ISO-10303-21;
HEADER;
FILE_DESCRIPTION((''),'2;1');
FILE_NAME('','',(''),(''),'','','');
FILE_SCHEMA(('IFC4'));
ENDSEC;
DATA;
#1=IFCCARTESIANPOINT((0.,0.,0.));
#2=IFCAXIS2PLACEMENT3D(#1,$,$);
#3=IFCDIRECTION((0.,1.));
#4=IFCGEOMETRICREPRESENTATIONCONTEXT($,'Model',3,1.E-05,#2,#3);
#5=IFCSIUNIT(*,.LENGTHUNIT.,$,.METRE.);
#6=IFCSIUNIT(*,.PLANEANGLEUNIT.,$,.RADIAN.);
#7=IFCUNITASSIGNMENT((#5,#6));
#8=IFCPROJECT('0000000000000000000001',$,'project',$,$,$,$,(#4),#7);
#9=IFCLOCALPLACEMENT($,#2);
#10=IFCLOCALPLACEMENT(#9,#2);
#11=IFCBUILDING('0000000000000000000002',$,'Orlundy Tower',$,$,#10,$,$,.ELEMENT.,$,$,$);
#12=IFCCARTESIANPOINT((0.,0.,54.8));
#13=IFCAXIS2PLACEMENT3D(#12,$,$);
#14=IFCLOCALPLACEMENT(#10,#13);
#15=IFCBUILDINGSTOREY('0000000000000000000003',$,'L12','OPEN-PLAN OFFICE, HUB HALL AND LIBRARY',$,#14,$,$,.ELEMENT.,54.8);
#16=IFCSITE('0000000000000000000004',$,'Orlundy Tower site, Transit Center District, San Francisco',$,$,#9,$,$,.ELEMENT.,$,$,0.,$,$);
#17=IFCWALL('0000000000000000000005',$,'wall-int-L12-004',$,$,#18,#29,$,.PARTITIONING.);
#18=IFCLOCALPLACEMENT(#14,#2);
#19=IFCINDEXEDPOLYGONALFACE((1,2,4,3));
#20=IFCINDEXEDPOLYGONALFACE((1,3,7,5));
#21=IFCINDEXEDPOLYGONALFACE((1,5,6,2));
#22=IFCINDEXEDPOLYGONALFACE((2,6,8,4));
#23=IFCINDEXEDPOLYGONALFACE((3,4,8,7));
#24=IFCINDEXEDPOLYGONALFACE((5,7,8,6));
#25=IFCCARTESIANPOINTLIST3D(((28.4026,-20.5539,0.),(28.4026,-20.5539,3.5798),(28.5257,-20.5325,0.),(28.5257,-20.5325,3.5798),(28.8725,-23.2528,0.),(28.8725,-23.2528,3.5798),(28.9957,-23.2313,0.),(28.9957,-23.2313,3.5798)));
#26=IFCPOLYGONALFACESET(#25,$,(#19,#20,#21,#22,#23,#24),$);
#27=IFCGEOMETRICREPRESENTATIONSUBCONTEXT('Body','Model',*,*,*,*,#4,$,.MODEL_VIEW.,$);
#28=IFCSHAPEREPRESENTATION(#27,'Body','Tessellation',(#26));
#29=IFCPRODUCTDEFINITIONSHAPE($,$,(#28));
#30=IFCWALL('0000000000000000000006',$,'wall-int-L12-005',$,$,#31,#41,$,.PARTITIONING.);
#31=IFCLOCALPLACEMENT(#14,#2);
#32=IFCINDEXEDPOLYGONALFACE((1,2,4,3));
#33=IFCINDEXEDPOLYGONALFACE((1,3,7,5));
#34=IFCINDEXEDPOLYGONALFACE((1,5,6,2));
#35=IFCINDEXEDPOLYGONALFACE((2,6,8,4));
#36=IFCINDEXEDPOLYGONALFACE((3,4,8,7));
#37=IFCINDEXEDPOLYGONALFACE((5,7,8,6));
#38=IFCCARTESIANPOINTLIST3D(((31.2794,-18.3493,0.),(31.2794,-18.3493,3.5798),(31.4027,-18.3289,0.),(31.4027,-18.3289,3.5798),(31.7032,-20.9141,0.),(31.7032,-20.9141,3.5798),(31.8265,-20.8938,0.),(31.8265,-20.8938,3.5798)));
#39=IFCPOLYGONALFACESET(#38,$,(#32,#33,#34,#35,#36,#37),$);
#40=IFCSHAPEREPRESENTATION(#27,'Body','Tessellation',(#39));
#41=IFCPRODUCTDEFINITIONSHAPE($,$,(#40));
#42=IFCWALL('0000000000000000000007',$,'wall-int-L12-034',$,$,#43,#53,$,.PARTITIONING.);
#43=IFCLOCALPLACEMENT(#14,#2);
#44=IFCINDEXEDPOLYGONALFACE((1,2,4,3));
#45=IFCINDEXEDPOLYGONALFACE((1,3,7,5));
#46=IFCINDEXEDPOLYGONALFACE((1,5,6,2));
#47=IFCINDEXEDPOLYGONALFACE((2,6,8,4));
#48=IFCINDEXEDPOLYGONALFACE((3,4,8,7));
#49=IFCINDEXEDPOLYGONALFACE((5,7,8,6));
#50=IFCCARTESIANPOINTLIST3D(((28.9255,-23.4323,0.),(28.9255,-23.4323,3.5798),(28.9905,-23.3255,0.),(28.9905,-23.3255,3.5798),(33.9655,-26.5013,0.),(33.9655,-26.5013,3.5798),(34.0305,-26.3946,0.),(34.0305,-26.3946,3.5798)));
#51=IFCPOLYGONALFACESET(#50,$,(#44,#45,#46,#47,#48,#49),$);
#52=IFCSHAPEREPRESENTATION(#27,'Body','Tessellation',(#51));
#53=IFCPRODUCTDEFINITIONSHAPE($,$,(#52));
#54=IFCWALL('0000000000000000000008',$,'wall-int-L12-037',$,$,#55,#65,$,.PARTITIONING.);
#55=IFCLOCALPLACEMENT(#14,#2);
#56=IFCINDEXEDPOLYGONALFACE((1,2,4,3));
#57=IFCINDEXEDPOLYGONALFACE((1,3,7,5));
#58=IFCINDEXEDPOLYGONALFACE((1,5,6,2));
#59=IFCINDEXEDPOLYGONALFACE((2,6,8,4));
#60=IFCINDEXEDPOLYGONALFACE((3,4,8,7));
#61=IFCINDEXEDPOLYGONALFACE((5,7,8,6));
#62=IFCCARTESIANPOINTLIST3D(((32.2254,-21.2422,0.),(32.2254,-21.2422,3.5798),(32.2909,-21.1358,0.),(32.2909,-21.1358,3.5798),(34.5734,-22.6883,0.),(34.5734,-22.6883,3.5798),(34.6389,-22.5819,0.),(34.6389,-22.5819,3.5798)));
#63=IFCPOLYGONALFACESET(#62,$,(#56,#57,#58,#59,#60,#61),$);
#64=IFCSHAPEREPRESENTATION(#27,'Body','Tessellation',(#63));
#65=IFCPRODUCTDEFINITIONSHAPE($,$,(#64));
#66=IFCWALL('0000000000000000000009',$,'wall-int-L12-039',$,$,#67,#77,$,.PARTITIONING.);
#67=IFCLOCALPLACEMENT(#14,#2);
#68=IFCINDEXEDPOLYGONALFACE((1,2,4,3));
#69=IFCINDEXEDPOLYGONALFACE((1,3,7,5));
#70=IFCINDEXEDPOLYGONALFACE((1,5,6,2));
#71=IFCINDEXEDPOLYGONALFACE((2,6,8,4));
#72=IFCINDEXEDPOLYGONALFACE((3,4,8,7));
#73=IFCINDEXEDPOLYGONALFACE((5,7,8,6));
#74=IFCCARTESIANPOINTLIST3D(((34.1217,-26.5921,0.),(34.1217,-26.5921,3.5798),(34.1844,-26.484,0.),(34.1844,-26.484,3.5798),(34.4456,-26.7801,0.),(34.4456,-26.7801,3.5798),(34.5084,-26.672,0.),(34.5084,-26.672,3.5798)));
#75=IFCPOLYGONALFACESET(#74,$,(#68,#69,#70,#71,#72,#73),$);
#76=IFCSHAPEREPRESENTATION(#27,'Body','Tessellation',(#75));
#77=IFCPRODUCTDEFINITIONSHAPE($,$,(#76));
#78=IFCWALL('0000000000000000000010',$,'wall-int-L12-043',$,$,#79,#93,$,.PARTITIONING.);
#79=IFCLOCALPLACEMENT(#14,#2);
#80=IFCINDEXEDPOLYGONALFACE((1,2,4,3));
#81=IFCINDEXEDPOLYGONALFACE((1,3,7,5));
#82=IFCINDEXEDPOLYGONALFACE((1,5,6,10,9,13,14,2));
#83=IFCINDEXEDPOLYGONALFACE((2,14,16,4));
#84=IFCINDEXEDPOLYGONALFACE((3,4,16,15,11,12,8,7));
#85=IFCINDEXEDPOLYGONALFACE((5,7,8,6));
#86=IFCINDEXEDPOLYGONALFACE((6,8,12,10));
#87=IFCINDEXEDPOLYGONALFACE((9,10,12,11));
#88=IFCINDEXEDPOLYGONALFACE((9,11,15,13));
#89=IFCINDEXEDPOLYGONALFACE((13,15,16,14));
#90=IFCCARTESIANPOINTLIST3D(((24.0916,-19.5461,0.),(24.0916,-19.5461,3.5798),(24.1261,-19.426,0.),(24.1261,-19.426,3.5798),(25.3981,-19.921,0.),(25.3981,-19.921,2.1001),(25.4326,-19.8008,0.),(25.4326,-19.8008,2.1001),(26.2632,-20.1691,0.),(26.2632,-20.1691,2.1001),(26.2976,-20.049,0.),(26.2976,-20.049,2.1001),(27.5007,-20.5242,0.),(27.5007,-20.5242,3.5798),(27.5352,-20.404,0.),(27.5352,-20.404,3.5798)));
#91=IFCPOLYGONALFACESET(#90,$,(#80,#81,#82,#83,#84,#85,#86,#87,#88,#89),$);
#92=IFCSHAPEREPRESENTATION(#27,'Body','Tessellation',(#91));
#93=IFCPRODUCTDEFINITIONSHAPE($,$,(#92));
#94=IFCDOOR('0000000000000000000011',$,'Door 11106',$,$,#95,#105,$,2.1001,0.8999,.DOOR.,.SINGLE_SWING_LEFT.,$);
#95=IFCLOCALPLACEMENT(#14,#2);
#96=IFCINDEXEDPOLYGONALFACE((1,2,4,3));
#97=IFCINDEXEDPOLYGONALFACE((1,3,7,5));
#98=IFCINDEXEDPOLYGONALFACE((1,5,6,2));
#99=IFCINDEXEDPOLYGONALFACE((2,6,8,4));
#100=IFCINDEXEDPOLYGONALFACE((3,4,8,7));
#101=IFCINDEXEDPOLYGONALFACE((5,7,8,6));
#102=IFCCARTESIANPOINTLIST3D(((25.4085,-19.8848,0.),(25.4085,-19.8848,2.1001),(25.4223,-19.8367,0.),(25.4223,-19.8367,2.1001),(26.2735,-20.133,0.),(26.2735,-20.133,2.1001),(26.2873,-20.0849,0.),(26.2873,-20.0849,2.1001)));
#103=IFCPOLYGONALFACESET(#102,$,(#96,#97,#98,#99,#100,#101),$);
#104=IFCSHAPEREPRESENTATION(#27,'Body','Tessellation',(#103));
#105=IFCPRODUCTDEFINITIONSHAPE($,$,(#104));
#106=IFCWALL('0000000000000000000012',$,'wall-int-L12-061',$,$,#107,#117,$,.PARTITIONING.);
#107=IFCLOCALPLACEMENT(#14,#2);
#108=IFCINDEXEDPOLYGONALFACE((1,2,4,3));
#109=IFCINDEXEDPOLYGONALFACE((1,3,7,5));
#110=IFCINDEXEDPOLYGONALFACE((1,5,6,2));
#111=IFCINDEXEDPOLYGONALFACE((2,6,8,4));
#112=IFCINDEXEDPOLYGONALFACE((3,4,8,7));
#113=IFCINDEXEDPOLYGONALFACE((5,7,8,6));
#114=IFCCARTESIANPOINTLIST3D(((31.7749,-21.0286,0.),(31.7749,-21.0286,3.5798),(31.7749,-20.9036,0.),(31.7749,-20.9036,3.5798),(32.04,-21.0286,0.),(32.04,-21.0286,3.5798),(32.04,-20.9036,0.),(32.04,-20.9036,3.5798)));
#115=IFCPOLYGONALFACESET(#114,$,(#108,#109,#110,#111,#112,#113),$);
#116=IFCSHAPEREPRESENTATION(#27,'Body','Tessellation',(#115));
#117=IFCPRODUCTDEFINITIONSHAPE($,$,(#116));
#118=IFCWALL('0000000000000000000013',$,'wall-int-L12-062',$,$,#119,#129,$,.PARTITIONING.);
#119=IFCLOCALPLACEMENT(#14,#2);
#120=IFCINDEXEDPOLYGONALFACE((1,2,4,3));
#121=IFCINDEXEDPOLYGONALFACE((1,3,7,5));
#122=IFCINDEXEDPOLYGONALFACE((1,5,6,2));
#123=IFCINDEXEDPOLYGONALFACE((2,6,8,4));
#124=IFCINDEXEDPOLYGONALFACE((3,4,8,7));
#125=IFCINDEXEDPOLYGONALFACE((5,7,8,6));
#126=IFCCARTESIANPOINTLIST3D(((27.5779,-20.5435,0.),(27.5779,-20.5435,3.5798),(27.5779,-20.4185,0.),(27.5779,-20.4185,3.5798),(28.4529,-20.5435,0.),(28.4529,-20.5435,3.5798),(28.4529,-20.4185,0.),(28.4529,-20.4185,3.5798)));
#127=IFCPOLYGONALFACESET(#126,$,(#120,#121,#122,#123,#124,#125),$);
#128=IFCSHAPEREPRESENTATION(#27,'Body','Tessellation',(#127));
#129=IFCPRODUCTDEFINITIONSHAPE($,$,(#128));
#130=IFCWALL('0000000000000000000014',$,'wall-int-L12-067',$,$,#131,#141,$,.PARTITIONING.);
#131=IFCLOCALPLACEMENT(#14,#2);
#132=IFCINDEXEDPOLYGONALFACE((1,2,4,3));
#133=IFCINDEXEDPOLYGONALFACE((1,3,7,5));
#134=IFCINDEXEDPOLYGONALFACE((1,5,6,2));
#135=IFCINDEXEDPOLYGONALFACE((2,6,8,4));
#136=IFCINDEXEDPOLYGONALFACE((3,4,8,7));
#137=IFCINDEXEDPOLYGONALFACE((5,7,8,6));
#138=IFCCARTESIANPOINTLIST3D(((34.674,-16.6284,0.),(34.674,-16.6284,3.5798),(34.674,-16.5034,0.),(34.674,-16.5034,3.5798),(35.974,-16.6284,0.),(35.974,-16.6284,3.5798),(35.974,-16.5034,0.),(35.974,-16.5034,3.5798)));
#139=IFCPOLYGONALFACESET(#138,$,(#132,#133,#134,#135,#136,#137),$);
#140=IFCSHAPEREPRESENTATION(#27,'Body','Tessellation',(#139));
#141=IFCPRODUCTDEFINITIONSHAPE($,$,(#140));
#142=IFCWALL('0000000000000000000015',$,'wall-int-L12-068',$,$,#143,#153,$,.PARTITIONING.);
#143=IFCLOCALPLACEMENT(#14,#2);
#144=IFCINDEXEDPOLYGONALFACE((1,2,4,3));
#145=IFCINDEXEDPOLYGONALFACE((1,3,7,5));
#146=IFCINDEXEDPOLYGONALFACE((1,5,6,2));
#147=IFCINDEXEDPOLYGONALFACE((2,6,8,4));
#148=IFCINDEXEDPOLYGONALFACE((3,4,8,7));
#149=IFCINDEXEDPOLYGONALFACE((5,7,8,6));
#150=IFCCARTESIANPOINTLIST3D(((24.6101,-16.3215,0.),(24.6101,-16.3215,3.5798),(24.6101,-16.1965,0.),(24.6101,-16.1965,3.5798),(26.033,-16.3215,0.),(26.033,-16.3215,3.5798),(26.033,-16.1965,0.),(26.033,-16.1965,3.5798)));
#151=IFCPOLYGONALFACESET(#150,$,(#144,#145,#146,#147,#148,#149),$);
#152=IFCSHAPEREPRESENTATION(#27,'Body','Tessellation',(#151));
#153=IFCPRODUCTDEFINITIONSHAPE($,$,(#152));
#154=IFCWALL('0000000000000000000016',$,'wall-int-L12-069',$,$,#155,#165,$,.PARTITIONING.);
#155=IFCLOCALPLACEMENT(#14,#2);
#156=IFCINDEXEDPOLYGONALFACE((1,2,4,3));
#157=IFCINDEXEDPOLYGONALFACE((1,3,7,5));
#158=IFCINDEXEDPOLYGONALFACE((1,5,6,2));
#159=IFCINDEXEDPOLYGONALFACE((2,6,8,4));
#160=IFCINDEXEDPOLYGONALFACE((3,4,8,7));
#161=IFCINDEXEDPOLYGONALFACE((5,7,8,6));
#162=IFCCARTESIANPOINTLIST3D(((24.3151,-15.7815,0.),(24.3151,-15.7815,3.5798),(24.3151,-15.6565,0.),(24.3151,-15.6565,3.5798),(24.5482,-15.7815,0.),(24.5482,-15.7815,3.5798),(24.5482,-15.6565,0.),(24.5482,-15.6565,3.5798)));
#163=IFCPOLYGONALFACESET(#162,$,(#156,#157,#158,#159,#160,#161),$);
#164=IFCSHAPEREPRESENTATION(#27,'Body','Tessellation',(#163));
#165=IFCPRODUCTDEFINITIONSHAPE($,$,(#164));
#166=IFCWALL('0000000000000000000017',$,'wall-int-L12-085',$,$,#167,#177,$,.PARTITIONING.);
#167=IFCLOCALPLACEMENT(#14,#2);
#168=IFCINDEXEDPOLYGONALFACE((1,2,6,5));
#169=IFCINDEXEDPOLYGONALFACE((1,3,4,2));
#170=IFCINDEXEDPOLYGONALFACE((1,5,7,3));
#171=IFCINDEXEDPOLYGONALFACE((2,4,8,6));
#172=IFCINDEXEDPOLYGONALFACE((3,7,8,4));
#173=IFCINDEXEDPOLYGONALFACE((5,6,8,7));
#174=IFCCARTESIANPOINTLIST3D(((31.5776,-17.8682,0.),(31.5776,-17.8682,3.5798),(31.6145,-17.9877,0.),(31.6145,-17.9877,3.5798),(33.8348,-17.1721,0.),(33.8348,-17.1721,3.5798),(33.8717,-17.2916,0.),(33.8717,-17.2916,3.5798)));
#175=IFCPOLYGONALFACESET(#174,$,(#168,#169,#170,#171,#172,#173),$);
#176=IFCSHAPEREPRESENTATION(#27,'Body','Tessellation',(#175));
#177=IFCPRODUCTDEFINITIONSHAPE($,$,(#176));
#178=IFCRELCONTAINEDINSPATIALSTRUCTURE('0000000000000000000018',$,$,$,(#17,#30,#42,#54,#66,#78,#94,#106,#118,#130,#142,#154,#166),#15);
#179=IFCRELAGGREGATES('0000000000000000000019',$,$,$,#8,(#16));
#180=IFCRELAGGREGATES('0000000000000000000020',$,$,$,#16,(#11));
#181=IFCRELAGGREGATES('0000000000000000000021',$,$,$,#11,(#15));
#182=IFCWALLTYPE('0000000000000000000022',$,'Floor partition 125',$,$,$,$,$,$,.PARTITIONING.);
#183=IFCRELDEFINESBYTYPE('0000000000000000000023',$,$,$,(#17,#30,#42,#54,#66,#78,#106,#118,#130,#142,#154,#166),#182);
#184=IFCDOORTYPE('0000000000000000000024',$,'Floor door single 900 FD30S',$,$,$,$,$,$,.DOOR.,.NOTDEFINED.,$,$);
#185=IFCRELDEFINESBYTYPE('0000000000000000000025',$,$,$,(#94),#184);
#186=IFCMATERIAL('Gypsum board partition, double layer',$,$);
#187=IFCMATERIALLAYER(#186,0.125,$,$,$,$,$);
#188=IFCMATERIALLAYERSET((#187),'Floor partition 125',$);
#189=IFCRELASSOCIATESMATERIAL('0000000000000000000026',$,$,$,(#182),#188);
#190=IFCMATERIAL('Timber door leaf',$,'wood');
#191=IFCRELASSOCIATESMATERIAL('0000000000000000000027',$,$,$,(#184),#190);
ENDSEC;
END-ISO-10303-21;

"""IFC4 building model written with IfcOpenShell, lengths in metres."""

from ifc_helpers import new_model, si_unit, direction, frame, frame_2d, origin, place, context, subcontext, project, spatial, rectangle, extrude, material, layer, layer_set, type_object, element, fill, save


model = new_model("IFC4")

# Units and contexts
model_context = context("Model", 3, precision=1e-05, world=origin(), true_north=direction((0.0, 1.0)))
body_context = subcontext(model_context, "Body", "Model", "MODEL_VIEW")
ifc_project = project(units=[si_unit("LENGTHUNIT", "METRE"), si_unit("PLANEANGLEUNIT", "RADIAN")], contexts=[model_context])

# Site, building, storey
site_placement = place(None, origin())
site = spatial("IfcSite", under=ifc_project, at=site_placement, Name="Orlundy Tower site, Transit Center District, San Francisco", CompositionType="ELEMENT", RefElevation=0.0)
building_placement = place(site_placement, origin())
building = spatial("IfcBuilding", under=site, at=building_placement, Name="Orlundy Tower", CompositionType="ELEMENT")
storey_placement = place(building_placement, frame((0.0, 0.0, 54.8)))
storey = spatial("IfcBuildingStorey", under=building, at=storey_placement, Name="L12", Description="OPEN-PLAN OFFICE, HUB HALL AND LIBRARY", CompositionType="ELEMENT", Elevation=54.8)

# Walls
ifc_material_1 = material(Name="Gypsum board partition, double layer")
ifc_layer_1 = layer(ifc_material_1, 0.125)
ifc_layer_set_1 = layer_set([ifc_layer_1], Name="Floor partition 125")
wall_type_1 = type_object("IfcWallType", Name="Floor partition 125", PredefinedType="PARTITIONING", material=ifc_layer_set_1)
wall_1_placement = place(storey_placement, frame((28.9341, -23.2419, 0.0), z_axis=(0.0, 0.0, 1.0), x_axis=(-0.171548, 0.985176, 0.0)))
element("IfcWall", 1, at=wall_1_placement, inside=storey, type_object=wall_type_1, Name="wall-int-L12-004", PredefinedType="PARTITIONING", context=body_context, shape_type="SweptSolid", body=[
    extrude(rectangle(XDim=2.7395, YDim=0.125, at=frame_2d((1.3696, 0.0))), origin(), (0.0, 0.0, 1.0), 3.5798),
])
wall_2_placement = place(storey_placement, frame((31.3411, -18.3391, 0.0), z_axis=(0.0, 0.0, 1.0), x_axis=(0.163028, -0.986621, 0.0)))
element("IfcWall", 2, at=wall_2_placement, inside=storey, type_object=wall_type_1, Name="wall-int-L12-005", PredefinedType="PARTITIONING", context=body_context, shape_type="SweptSolid", body=[
    extrude(rectangle(XDim=2.5996, YDim=0.125, at=frame_2d((1.2998, 0.0))), origin(), (0.0, 0.0, 1.0), 3.5798),
])
wall_3_placement = place(storey_placement, frame((28.958, -23.3789, 0.0), z_axis=(0.0, 0.0, 1.0), x_axis=(0.854105, -0.520101, 0.0)))
element("IfcWall", 3, at=wall_3_placement, inside=storey, type_object=wall_type_1, Name="wall-int-L12-034", PredefinedType="PARTITIONING", context=body_context, shape_type="SweptSolid", body=[
    extrude(rectangle(XDim=5.9009, YDim=0.125, at=frame_2d((2.9504, 0.0))), origin(), (0.0, 0.0, 1.0), 3.5798),
])
wall_4_placement = place(storey_placement, frame((32.2581, -21.189, 0.0), z_axis=(0.0, 0.0, 1.0), x_axis=(0.851467, -0.524409, 0.0)))
element("IfcWall", 4, at=wall_4_placement, inside=storey, type_object=wall_type_1, Name="wall-int-L12-037", PredefinedType="PARTITIONING", context=body_context, shape_type="SweptSolid", body=[
    extrude(rectangle(XDim=2.7576, YDim=0.125, at=frame_2d((1.3789, 0.0))), origin(), (0.0, 0.0, 1.0), 3.5798),
])
wall_5_placement = place(storey_placement, frame((34.1531, -26.5381, 0.0), z_axis=(0.0, 0.0, 1.0), x_axis=(0.864935, -0.501884, 0.0)))
element("IfcWall", 5, at=wall_5_placement, inside=storey, type_object=wall_type_1, Name="wall-int-L12-039", PredefinedType="PARTITIONING", context=body_context, shape_type="SweptSolid", body=[
    extrude(rectangle(XDim=0.3745, YDim=0.125, at=frame_2d((0.1873, 0.0))), origin(), (0.0, 0.0, 1.0), 3.5798),
])

# Wall, opening, door
wall_6_placement = place(storey_placement, frame((27.5181, -20.4641, 0.0), z_axis=(0.0, 0.0, 1.0), x_axis=(-0.961227, 0.275757, 0.0)))
wall_6 = element("IfcWall", 6, at=wall_6_placement, inside=storey, type_object=wall_type_1, Name="wall-int-L12-043", PredefinedType="PARTITIONING", context=body_context, shape_type="SweptSolid", body=[
    extrude(rectangle(XDim=3.5466, YDim=0.125, at=frame_2d((1.7734, 0.0))), origin(), (0.0, 0.0, 1.0), 3.5798),
])
opening_1_placement = place(wall_6_placement, frame((1.2876, 0.0, 0.0)))
opening_1 = element("IfcOpeningElement", 7, at=opening_1_placement, cuts=wall_6, PredefinedType="OPENING", context=body_context, shape_type="SweptSolid", body=[
    extrude(rectangle(XDim=0.8999, YDim=2.1001, at=frame_2d((0.45, 1.05))), frame((0.0, 0.0725, 0.0), z_axis=(0.0, -1.0, 0.0), x_axis=(1.0, 0.0, 0.0)), (0.0, 0.0, 1.0), 0.145),
])
ifc_material_2 = material(Name="Timber door leaf", Category="wood")
door_type_1 = type_object("IfcDoorType", Name="Floor door single 900 FD30S", OperationType="NOTDEFINED", PredefinedType="DOOR", material=ifc_material_2)
door_1_placement = place(opening_1_placement, origin())
door_1 = element("IfcDoor", 8, at=door_1_placement, inside=storey, type_object=door_type_1, Name="Door 11106", OperationType="SINGLE_SWING_LEFT", OverallHeight=2.1001, OverallWidth=0.8999, PredefinedType="DOOR", context=body_context, shape_type="SweptSolid", body=[
    extrude(rectangle(XDim=0.8999, YDim=2.1001, at=frame_2d((0.45, 1.05))), frame((0.0, 0.0249, 0.0), z_axis=(0.0, -1.0, 0.0), x_axis=(1.0, 0.0, 0.0)), (0.0, 0.0, 1.0), 0.05),
])
fill(opening_1, door_1)

# Walls
wall_7_placement = place(storey_placement, frame((31.7749, -20.9661, 0.0), z_axis=(0.0, 0.0, 1.0), x_axis=(1.0, 0.0, 0.0)))
element("IfcWall", 9, at=wall_7_placement, inside=storey, type_object=wall_type_1, Name="wall-int-L12-061", PredefinedType="PARTITIONING", context=body_context, shape_type="SweptSolid", body=[
    extrude(rectangle(XDim=0.2651, YDim=0.125, at=frame_2d((0.1326, 0.0))), origin(), (0.0, 0.0, 1.0), 3.5798),
])
wall_8_placement = place(storey_placement, frame((27.5779, -20.481, 0.0), z_axis=(0.0, 0.0, 1.0), x_axis=(1.0, 0.0, 0.0)))
element("IfcWall", 10, at=wall_8_placement, inside=storey, type_object=wall_type_1, Name="wall-int-L12-062", PredefinedType="PARTITIONING", context=body_context, shape_type="SweptSolid", body=[
    extrude(rectangle(XDim=0.875, YDim=0.125, at=frame_2d((0.4375, 0.0))), origin(), (0.0, 0.0, 1.0), 3.5798),
])
wall_9_placement = place(storey_placement, frame((34.6741, -16.5659, 0.0), z_axis=(0.0, 0.0, 1.0), x_axis=(1.0, 0.0, 0.0)))
element("IfcWall", 11, at=wall_9_placement, inside=storey, type_object=wall_type_1, Name="wall-int-L12-067", PredefinedType="PARTITIONING", context=body_context, shape_type="SweptSolid", body=[
    extrude(rectangle(XDim=1.3, YDim=0.125, at=frame_2d((0.6499, 0.0))), origin(), (0.0, 0.0, 1.0), 3.5798),
])
wall_10_placement = place(storey_placement, frame((24.6101, -16.259, 0.0), z_axis=(0.0, 0.0, 1.0), x_axis=(1.0, 0.0, 0.0)))
element("IfcWall", 12, at=wall_10_placement, inside=storey, type_object=wall_type_1, Name="wall-int-L12-068", PredefinedType="PARTITIONING", context=body_context, shape_type="SweptSolid", body=[
    extrude(rectangle(XDim=1.4229, YDim=0.125, at=frame_2d((0.7114, 0.0))), origin(), (0.0, 0.0, 1.0), 3.5798),
])
wall_11_placement = place(storey_placement, frame((24.3149, -15.719, 0.0), z_axis=(0.0, 0.0, 1.0), x_axis=(1.0, 0.0, 0.0)))
element("IfcWall", 13, at=wall_11_placement, inside=storey, type_object=wall_type_1, Name="wall-int-L12-069", PredefinedType="PARTITIONING", context=body_context, shape_type="SweptSolid", body=[
    extrude(rectangle(XDim=0.2332, YDim=0.125, at=frame_2d((0.1167, 0.0))), origin(), (0.0, 0.0, 1.0), 3.5798),
])
wall_12_placement = place(storey_placement, frame((31.5959, -17.928, 0.0), z_axis=(0.0, 0.0, 1.0), x_axis=(0.955593, 0.294689, 0.0)))
element("IfcWall", 14, at=wall_12_placement, inside=storey, type_object=wall_type_1, Name="wall-int-L12-085", PredefinedType="PARTITIONING", context=body_context, shape_type="SweptSolid", body=[
    extrude(rectangle(XDim=2.3621, YDim=0.125, at=frame_2d((1.1812, 0.0))), origin(), (0.0, 0.0, 1.0), 3.5798),
])

save(model, "model.ifc")
